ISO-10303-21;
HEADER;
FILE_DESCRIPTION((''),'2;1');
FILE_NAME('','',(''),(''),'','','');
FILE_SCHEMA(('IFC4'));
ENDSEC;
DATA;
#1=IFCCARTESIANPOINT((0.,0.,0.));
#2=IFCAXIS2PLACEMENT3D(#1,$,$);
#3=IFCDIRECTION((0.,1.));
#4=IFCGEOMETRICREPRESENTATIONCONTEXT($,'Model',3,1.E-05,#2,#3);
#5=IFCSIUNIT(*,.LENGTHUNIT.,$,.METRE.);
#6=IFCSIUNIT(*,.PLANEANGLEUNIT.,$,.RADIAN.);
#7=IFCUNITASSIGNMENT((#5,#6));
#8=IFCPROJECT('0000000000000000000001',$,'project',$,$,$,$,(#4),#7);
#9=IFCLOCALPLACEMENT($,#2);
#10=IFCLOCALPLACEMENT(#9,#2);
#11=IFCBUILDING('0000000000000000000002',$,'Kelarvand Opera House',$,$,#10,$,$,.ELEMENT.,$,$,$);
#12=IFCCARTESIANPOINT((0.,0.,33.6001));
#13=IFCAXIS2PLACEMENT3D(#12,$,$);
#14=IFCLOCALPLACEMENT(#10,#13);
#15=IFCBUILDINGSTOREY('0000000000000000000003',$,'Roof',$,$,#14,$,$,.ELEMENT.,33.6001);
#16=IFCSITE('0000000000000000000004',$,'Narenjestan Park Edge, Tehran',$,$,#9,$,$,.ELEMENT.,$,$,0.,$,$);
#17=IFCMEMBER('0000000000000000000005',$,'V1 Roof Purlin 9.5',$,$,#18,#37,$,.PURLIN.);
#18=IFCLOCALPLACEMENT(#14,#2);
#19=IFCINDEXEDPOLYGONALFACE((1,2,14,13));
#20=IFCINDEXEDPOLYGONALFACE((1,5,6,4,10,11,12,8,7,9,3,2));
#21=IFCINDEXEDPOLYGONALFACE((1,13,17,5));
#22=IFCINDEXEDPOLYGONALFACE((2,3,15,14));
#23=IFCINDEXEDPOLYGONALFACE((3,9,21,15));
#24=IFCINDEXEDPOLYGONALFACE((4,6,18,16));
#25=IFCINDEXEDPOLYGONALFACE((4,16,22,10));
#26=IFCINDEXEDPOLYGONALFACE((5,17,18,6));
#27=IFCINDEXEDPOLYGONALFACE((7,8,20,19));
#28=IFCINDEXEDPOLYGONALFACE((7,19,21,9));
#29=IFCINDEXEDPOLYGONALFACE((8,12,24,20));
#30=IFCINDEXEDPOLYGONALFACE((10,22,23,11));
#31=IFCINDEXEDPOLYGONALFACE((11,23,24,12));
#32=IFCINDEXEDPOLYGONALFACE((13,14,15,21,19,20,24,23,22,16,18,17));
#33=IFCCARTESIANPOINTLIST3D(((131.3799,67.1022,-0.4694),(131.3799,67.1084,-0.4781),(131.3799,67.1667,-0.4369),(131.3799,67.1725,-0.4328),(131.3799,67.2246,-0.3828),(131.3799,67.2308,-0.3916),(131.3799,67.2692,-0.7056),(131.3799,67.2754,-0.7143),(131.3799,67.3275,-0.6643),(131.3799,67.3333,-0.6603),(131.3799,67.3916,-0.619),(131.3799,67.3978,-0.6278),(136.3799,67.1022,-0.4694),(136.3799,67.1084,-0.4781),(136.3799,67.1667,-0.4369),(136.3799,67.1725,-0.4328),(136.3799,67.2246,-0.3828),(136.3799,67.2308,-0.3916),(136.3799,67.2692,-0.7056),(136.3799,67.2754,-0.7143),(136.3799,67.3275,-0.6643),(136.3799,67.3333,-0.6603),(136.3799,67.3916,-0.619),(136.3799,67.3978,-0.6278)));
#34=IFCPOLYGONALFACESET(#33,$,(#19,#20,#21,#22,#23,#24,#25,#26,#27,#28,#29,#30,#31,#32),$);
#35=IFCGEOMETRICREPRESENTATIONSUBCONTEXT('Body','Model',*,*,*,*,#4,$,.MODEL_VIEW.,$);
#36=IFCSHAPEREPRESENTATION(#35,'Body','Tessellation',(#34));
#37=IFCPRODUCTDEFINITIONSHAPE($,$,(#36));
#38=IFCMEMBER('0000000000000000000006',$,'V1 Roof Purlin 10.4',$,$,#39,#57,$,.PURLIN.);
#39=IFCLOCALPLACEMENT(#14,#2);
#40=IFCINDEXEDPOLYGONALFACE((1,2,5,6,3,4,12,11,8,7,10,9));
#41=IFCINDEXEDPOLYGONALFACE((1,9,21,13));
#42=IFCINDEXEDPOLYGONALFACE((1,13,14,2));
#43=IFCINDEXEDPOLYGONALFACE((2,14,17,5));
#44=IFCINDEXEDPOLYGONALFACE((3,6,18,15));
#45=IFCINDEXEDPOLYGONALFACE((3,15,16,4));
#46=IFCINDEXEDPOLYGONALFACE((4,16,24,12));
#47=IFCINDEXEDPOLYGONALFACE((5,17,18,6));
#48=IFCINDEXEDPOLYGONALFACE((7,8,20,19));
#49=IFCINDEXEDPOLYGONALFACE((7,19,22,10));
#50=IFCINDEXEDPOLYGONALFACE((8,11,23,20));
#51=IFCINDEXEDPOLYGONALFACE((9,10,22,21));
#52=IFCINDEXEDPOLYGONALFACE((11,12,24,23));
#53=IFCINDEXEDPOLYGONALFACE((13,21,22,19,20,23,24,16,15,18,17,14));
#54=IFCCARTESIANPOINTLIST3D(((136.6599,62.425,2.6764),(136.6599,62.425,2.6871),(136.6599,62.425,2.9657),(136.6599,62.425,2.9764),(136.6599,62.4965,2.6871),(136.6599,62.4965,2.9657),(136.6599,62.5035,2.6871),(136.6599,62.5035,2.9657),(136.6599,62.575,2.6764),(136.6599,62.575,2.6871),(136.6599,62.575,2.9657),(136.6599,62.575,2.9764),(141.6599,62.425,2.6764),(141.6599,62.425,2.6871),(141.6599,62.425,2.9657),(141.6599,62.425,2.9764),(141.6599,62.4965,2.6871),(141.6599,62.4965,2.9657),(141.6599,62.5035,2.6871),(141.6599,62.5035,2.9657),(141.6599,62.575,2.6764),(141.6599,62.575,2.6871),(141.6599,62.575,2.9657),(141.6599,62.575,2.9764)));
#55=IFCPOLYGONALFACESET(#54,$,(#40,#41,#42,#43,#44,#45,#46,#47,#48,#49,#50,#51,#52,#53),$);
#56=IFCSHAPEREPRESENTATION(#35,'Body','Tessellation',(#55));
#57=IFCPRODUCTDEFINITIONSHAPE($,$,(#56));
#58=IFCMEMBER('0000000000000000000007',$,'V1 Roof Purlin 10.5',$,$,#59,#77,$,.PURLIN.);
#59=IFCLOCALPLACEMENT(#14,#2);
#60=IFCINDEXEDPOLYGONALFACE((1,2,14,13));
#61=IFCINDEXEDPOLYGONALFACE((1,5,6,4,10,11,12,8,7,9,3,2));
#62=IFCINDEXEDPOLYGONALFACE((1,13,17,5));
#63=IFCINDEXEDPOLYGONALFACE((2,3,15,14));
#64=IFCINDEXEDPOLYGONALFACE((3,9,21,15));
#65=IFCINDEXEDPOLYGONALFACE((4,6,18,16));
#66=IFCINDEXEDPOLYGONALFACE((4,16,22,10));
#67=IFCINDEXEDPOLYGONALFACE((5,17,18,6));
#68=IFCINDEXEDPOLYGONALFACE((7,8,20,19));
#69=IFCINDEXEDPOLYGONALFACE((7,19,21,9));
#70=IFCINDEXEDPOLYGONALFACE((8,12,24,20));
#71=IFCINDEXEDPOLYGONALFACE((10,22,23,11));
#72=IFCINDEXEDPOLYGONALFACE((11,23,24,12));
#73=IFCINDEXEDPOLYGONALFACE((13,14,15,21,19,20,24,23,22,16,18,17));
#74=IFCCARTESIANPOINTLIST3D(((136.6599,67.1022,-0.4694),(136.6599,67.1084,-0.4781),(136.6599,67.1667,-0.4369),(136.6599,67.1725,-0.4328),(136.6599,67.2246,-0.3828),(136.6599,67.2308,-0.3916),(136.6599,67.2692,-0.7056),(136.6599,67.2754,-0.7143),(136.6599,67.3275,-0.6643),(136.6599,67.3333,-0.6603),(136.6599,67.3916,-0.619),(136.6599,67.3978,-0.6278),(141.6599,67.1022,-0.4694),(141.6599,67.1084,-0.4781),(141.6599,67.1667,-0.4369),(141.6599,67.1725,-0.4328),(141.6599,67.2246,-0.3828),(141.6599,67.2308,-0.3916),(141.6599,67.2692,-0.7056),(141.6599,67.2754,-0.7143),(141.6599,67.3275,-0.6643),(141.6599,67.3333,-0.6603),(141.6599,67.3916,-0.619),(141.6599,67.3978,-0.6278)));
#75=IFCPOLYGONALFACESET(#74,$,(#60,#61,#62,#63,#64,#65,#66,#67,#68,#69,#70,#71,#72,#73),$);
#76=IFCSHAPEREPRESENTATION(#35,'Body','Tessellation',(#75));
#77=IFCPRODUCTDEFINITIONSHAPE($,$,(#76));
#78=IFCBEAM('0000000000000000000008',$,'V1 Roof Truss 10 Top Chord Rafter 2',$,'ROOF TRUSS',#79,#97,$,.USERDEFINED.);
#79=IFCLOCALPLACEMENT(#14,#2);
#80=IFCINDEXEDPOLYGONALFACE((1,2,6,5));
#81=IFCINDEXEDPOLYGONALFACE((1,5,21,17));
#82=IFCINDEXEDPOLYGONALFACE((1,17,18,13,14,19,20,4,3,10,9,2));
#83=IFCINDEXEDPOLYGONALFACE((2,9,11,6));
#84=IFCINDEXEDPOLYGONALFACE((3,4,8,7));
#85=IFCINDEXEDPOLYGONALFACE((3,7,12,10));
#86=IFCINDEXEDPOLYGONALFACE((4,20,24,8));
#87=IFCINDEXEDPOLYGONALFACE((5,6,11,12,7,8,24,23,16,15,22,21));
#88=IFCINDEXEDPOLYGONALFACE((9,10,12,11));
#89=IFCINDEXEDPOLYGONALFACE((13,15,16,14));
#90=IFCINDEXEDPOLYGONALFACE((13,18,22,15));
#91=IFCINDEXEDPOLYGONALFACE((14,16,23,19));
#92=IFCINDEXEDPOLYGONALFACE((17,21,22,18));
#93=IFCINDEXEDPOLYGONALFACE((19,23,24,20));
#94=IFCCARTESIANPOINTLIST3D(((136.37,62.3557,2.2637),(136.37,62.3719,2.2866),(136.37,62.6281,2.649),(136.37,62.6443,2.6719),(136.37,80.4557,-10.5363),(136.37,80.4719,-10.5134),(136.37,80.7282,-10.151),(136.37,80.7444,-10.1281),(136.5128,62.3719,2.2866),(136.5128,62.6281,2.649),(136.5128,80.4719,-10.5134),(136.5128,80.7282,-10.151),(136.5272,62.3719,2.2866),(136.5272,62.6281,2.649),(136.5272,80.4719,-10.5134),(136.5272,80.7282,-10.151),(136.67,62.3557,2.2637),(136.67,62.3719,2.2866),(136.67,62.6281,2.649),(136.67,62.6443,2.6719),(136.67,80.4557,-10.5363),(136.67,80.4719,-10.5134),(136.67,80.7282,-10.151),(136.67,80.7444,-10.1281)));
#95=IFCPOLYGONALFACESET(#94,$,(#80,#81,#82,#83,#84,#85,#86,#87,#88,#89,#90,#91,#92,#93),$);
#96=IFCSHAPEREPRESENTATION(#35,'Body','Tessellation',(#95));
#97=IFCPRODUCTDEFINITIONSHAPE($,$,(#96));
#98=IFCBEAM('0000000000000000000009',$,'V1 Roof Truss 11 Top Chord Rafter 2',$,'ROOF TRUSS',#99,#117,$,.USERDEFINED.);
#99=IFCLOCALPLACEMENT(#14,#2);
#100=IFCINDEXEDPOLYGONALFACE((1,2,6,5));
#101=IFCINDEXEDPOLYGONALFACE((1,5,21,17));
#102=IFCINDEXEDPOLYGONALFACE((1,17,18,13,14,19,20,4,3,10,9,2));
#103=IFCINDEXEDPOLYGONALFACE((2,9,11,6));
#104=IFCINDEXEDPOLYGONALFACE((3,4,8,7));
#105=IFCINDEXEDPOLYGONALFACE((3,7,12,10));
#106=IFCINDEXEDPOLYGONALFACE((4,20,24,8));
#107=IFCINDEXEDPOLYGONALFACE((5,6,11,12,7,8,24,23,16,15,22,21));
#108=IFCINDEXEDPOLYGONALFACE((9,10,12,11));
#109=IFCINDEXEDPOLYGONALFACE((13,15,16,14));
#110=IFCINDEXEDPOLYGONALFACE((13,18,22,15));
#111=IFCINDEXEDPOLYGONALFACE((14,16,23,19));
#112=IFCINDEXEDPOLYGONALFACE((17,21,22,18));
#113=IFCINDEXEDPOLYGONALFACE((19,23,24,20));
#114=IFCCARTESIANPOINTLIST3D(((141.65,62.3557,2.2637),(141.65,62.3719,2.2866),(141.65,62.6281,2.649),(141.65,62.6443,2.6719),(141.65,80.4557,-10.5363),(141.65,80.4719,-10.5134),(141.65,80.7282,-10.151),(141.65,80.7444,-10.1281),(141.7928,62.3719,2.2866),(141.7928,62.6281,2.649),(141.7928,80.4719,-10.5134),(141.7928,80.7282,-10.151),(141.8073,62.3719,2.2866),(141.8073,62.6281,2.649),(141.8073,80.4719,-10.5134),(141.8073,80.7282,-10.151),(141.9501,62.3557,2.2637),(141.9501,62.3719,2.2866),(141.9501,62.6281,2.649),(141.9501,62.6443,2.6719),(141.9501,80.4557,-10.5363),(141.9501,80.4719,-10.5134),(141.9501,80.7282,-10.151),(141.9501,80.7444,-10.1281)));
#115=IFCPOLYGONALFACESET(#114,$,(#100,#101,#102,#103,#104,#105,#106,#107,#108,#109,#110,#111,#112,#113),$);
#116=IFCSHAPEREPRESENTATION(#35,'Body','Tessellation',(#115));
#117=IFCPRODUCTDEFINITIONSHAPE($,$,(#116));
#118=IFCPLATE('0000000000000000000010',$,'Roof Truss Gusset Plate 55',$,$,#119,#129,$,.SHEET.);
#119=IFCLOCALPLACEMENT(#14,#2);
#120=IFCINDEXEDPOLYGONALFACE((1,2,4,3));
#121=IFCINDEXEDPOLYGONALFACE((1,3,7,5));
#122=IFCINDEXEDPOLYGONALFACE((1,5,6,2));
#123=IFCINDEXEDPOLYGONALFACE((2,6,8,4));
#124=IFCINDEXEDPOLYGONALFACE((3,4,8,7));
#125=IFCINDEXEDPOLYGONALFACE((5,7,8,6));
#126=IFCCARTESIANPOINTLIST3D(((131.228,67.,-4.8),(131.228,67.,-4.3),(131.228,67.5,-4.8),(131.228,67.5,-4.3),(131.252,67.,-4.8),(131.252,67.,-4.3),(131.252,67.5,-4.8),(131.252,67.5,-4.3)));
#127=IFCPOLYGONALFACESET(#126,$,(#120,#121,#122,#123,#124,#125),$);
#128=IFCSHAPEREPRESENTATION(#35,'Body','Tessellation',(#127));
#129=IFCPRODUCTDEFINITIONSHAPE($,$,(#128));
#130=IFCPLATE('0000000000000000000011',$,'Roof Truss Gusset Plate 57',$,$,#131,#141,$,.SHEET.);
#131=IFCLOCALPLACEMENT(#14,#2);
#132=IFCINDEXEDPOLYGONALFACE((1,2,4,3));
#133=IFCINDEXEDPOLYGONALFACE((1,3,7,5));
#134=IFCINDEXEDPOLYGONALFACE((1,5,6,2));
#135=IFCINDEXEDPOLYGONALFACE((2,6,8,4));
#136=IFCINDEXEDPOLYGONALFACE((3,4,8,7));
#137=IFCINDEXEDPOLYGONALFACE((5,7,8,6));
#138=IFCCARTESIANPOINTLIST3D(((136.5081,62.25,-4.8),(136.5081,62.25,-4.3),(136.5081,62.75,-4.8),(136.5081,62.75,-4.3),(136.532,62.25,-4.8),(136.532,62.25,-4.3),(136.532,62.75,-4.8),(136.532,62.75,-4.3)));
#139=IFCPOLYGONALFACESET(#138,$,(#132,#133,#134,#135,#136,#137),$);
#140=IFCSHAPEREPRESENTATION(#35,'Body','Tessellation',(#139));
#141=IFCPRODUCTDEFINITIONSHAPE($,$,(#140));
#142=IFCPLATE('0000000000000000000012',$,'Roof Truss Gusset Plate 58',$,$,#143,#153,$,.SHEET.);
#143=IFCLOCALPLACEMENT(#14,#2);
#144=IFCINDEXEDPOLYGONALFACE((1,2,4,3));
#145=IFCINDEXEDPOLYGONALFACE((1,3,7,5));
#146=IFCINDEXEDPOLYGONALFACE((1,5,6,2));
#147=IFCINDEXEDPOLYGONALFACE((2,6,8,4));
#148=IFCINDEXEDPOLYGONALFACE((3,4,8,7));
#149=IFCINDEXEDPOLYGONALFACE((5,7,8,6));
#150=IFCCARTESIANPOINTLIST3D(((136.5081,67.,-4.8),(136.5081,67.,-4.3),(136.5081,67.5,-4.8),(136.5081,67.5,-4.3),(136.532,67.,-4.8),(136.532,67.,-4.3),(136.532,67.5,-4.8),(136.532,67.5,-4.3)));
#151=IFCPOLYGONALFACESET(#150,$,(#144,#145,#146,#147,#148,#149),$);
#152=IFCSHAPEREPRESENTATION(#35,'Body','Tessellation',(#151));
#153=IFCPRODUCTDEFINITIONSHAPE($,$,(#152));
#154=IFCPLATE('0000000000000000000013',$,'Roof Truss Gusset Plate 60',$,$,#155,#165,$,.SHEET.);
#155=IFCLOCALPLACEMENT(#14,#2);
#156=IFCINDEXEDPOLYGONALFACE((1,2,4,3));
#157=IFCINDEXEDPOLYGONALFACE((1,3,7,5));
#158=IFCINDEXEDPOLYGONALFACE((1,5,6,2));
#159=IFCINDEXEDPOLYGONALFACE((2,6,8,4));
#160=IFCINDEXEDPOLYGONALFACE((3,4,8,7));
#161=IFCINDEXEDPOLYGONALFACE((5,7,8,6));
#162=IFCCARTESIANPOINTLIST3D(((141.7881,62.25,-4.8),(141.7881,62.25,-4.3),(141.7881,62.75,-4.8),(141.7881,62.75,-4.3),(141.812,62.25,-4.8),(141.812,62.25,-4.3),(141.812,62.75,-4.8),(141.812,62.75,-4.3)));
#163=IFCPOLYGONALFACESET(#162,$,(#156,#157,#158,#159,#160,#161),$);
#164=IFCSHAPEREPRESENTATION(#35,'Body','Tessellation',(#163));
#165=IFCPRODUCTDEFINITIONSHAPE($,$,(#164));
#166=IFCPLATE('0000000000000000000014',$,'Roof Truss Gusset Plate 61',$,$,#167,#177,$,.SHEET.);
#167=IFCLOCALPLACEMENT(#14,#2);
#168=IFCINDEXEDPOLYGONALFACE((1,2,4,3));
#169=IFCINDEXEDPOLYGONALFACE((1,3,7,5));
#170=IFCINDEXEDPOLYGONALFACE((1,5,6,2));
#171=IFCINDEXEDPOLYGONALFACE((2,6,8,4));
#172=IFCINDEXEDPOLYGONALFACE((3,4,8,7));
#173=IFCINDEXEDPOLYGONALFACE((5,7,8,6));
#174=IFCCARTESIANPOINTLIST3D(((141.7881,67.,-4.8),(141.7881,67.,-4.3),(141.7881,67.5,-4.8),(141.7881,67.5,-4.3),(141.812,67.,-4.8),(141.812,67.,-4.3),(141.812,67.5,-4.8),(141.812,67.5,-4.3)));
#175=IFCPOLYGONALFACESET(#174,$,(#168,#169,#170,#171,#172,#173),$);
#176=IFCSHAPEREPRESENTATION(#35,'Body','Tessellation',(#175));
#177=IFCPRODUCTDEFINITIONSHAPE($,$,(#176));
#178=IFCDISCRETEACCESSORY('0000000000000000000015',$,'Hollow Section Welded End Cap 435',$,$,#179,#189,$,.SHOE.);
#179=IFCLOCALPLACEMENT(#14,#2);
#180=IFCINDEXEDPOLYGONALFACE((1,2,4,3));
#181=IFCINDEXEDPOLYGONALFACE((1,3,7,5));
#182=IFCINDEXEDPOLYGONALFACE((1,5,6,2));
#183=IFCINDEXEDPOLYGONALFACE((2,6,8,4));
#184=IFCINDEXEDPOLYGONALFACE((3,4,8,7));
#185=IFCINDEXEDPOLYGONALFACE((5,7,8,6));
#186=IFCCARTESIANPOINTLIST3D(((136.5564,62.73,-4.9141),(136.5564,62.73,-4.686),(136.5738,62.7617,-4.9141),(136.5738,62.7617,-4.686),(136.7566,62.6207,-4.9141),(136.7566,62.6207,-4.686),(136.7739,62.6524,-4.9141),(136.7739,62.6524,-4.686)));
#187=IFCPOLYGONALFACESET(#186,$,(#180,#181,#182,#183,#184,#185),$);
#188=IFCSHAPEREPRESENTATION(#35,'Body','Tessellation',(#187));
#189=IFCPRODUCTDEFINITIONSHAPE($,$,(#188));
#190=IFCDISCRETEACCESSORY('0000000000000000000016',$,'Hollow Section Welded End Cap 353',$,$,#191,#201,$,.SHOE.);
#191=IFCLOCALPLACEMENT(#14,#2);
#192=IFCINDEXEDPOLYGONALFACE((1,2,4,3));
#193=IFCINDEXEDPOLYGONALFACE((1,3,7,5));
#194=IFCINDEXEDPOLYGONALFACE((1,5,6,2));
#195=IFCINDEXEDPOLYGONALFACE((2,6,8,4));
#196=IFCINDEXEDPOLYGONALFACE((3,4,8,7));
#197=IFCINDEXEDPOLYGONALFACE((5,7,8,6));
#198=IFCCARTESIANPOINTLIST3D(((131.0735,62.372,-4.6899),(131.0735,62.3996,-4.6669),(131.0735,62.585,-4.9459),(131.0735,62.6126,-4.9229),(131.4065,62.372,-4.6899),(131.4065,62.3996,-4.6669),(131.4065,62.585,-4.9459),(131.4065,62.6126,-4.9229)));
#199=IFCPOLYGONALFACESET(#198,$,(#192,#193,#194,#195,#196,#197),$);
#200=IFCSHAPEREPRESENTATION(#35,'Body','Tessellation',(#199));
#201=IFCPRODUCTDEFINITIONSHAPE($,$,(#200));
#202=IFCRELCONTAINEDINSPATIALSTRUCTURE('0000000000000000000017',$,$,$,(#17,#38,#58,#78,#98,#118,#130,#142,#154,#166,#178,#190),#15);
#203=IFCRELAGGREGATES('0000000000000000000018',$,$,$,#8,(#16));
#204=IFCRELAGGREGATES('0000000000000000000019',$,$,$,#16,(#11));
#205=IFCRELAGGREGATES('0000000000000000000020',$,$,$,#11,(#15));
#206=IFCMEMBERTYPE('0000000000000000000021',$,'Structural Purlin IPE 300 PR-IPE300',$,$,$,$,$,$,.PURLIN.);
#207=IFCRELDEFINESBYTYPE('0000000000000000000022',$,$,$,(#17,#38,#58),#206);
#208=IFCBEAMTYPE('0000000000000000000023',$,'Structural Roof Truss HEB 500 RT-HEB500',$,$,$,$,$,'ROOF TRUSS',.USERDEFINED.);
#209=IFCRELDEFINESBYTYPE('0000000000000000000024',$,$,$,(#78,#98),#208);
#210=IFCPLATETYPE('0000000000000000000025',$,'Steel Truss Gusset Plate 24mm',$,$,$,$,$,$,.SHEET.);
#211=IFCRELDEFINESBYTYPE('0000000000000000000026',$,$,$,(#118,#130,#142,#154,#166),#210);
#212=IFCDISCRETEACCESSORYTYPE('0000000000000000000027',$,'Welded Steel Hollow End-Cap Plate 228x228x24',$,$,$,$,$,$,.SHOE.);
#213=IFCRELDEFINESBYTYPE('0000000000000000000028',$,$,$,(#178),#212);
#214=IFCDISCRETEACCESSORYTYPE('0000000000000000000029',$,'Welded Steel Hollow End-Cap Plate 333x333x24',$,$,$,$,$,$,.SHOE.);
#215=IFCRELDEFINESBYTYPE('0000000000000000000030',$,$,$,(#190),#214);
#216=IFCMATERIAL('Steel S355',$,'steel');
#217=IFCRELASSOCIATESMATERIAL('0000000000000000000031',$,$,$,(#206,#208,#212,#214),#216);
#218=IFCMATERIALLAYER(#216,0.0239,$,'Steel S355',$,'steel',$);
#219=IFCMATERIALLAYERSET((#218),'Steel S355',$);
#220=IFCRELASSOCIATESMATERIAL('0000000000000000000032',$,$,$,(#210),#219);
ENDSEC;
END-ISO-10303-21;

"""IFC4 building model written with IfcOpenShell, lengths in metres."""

from ifc_helpers import new_model, si_unit, direction, frame, origin, origin_2d, place, context, subcontext, project, spatial, rectangle, i_section, extrude, material, layer, layer_set, material_profile, profile_set, type_object, element, save


model = new_model("IFC4")

# Units and contexts
model_context = context("Model", 3, precision=1e-05, world=origin(), true_north=direction((0.0, 1.0)))
body_context = subcontext(model_context, "Body", "Model", "MODEL_VIEW")
ifc_project = project(units=[si_unit("LENGTHUNIT", "METRE"), si_unit("PLANEANGLEUNIT", "RADIAN")], contexts=[model_context])

# Site, building, storey
site_placement = place(None, origin())
site = spatial("IfcSite", under=ifc_project, at=site_placement, Name="Narenjestan Park Edge, Tehran", CompositionType="ELEMENT", RefElevation=0.0)
building_placement = place(site_placement, origin())
building = spatial("IfcBuilding", under=site, at=building_placement, Name="Kelarvand Opera House", CompositionType="ELEMENT")
storey_placement = place(building_placement, frame((0.0, 0.0, 33.6001)))
storey = spatial("IfcBuildingStorey", under=building, at=storey_placement, Name="Roof", CompositionType="ELEMENT", Elevation=33.6001)

# Members
ifc_material = material(Name="Steel S355", Category="steel")
ifc_material_profile_1 = material_profile(ifc_material, i_section(OverallWidth=0.1499, OverallDepth=0.3, WebThickness=0.0071, FlangeThickness=0.0107, at=origin_2d()), Name="IPE 300", Category="steel")
ifc_profile_set_1 = profile_set([ifc_material_profile_1], Name="Steel S355")
member_type_1 = type_object("IfcMemberType", Name="Structural Purlin IPE 300 PR-IPE300", PredefinedType="PURLIN", material=ifc_profile_set_1)
for number, where, z_axis, x_axis, name in (
    (1, (131.3799, 67.25, -0.5486), (1.0, 0.0, 0.0), (0.0, 0.81644, 0.57743), "V1 Roof Purlin 9.5"),
    (2, (136.6599, 62.5, 2.8264), (1.0, 0.0, 0.0), (0.0, 1.0, 0.0), "V1 Roof Purlin 10.4"),
    (3, (136.6599, 67.25, -0.5486), (1.0, 0.0, 0.0), (0.0, 0.81644, 0.57743), "V1 Roof Purlin 10.5"),
):
    element("IfcMember", number, at=place(storey_placement, frame(where, z_axis=z_axis, x_axis=x_axis)), inside=storey, type_object=member_type_1, Name=name, PredefinedType="PURLIN", context=body_context, shape_type="SweptSolid", body=[
        extrude(i_section(OverallWidth=0.1499, OverallDepth=0.3, WebThickness=0.0071, FlangeThickness=0.0107, at=origin_2d()), origin(), (0.0, 0.0, 1.0), 5.0),
    ])

# Beams
ifc_material_profile_2 = material_profile(ifc_material, i_section(OverallWidth=0.3, OverallDepth=0.5, WebThickness=0.0144, FlangeThickness=0.0281, at=origin_2d()), Name="HEB 500", Category="steel")
ifc_profile_set_2 = profile_set([ifc_material_profile_2], Name="Steel S355")
beam_type = type_object("IfcBeamType", Name="Structural Roof Truss HEB 500 RT-HEB500", ElementType="ROOF TRUSS", PredefinedType="USERDEFINED", material=ifc_profile_set_2)
for number, where, z_axis, x_axis, name in (
    (4, (136.52, 62.5, 2.4678), (0.0, 0.816468, -0.577391), (-1.0, 0.0, 0.0), "V1 Roof Truss 10 Top Chord Rafter 2"),
    (5, (141.8, 62.5, 2.4678), (0.0, 0.816468, -0.577391), (-1.0, 0.0, 0.0), "V1 Roof Truss 11 Top Chord Rafter 2"),
):
    element("IfcBeam", number, at=place(storey_placement, frame(where, z_axis=z_axis, x_axis=x_axis)), inside=storey, type_object=beam_type, Name=name, ObjectType="ROOF TRUSS", PredefinedType="USERDEFINED", context=body_context, shape_type="SweptSolid", body=[
        extrude(i_section(OverallWidth=0.3, OverallDepth=0.5, WebThickness=0.0144, FlangeThickness=0.0281, at=origin_2d()), origin(), (0.0, 0.0, 1.0), 22.1687),
    ])

# Plates
ifc_layer = layer(ifc_material, 0.0239, Name="Steel S355", Category="steel")
ifc_layer_set = layer_set([ifc_layer], Name="Steel S355")
plate_type = type_object("IfcPlateType", Name="Steel Truss Gusset Plate 24mm", PredefinedType="SHEET", material=ifc_layer_set)
for number, where, z_axis, x_axis, name in (
    (6, (131.24, 67.25, -4.8), (0.0, 0.0, 1.0), (1.0, 0.0, 0.0), "Roof Truss Gusset Plate 55"),
    (7, (136.52, 62.5, -4.8), (0.0, 0.0, 1.0), (1.0, 0.0, 0.0), "Roof Truss Gusset Plate 57"),
    (8, (136.52, 67.25, -4.8), (0.0, 0.0, 1.0), (1.0, 0.0, 0.0), "Roof Truss Gusset Plate 58"),
    (9, (141.8, 62.5, -4.8), (0.0, 0.0, 1.0), (1.0, 0.0, 0.0), "Roof Truss Gusset Plate 60"),
    (10, (141.8, 67.25, -4.8), (0.0, 0.0, 1.0), (1.0, 0.0, 0.0), "Roof Truss Gusset Plate 61"),
):
    element("IfcPlate", number, at=place(storey_placement, frame(where, z_axis=z_axis, x_axis=x_axis)), inside=storey, type_object=plate_type, Name=name, PredefinedType="SHEET", context=body_context, shape_type="SweptSolid", body=[
        extrude(rectangle(XDim=0.0239, YDim=0.5, at=origin_2d()), origin(), (0.0, 0.0, 1.0), 0.5),
    ])

# Discrete accessories
ifc_material_profile_3 = material_profile(ifc_material, rectangle(XDim=0.228, YDim=0.228, at=origin_2d()), Name="Welded Steel Hollow End-Cap Plate 228x228x24", Category="steel")
ifc_profile_set_3 = profile_set([ifc_material_profile_3], Name="Steel S355")
discrete_accessory_type_1 = type_object("IfcDiscreteAccessoryType", Name="Welded Steel Hollow End-Cap Plate 228x228x24", PredefinedType="SHOE", material=ifc_profile_set_3)
discrete_accessory_placement = place(storey_placement, frame((136.6738, 62.707, -4.8), z_axis=(-0.479325, -0.877637, 0.0), x_axis=(0.877637, -0.479325, 0.0)))
element("IfcDiscreteAccessory", 11, at=discrete_accessory_placement, inside=storey, type_object=discrete_accessory_type_1, Name="Hollow Section Welded End Cap 435", PredefinedType="SHOE", context=body_context, shape_type="SweptSolid", body=[
    extrude(rectangle(XDim=0.228, YDim=0.228, at=origin_2d()), origin(), (0.0, 0.0, 1.0), 0.0361),
])
ifc_material_profile_4 = material_profile(ifc_material, rectangle(XDim=0.333, YDim=0.333, at=origin_2d()), Name="Welded Steel Hollow End-Cap Plate 333x333x24", Category="steel")
ifc_profile_set_4 = profile_set([ifc_material_profile_4], Name="Steel S355")
discrete_accessory_type_2 = type_object("IfcDiscreteAccessoryType", Name="Welded Steel Hollow End-Cap Plate 333x333x24", PredefinedType="SHOE", material=ifc_profile_set_4)
for number, where, z_axis, x_axis, name in (
    (12, (131.24, 62.5061, -4.7949), (0.0, -0.768779, -0.639515), (1.0, 0.0, 0.0), "Hollow Section Welded End Cap 353"),
):
    element("IfcDiscreteAccessory", number, at=place(storey_placement, frame(where, z_axis=z_axis, x_axis=x_axis)), inside=storey, type_object=discrete_accessory_type_2, Name=name, PredefinedType="SHOE", context=body_context, shape_type="SweptSolid", body=[
        extrude(rectangle(XDim=0.333, YDim=0.333, at=origin_2d()), origin(), (0.0, 0.0, 1.0), 0.0359),
    ])

save(model, "model.ifc")
